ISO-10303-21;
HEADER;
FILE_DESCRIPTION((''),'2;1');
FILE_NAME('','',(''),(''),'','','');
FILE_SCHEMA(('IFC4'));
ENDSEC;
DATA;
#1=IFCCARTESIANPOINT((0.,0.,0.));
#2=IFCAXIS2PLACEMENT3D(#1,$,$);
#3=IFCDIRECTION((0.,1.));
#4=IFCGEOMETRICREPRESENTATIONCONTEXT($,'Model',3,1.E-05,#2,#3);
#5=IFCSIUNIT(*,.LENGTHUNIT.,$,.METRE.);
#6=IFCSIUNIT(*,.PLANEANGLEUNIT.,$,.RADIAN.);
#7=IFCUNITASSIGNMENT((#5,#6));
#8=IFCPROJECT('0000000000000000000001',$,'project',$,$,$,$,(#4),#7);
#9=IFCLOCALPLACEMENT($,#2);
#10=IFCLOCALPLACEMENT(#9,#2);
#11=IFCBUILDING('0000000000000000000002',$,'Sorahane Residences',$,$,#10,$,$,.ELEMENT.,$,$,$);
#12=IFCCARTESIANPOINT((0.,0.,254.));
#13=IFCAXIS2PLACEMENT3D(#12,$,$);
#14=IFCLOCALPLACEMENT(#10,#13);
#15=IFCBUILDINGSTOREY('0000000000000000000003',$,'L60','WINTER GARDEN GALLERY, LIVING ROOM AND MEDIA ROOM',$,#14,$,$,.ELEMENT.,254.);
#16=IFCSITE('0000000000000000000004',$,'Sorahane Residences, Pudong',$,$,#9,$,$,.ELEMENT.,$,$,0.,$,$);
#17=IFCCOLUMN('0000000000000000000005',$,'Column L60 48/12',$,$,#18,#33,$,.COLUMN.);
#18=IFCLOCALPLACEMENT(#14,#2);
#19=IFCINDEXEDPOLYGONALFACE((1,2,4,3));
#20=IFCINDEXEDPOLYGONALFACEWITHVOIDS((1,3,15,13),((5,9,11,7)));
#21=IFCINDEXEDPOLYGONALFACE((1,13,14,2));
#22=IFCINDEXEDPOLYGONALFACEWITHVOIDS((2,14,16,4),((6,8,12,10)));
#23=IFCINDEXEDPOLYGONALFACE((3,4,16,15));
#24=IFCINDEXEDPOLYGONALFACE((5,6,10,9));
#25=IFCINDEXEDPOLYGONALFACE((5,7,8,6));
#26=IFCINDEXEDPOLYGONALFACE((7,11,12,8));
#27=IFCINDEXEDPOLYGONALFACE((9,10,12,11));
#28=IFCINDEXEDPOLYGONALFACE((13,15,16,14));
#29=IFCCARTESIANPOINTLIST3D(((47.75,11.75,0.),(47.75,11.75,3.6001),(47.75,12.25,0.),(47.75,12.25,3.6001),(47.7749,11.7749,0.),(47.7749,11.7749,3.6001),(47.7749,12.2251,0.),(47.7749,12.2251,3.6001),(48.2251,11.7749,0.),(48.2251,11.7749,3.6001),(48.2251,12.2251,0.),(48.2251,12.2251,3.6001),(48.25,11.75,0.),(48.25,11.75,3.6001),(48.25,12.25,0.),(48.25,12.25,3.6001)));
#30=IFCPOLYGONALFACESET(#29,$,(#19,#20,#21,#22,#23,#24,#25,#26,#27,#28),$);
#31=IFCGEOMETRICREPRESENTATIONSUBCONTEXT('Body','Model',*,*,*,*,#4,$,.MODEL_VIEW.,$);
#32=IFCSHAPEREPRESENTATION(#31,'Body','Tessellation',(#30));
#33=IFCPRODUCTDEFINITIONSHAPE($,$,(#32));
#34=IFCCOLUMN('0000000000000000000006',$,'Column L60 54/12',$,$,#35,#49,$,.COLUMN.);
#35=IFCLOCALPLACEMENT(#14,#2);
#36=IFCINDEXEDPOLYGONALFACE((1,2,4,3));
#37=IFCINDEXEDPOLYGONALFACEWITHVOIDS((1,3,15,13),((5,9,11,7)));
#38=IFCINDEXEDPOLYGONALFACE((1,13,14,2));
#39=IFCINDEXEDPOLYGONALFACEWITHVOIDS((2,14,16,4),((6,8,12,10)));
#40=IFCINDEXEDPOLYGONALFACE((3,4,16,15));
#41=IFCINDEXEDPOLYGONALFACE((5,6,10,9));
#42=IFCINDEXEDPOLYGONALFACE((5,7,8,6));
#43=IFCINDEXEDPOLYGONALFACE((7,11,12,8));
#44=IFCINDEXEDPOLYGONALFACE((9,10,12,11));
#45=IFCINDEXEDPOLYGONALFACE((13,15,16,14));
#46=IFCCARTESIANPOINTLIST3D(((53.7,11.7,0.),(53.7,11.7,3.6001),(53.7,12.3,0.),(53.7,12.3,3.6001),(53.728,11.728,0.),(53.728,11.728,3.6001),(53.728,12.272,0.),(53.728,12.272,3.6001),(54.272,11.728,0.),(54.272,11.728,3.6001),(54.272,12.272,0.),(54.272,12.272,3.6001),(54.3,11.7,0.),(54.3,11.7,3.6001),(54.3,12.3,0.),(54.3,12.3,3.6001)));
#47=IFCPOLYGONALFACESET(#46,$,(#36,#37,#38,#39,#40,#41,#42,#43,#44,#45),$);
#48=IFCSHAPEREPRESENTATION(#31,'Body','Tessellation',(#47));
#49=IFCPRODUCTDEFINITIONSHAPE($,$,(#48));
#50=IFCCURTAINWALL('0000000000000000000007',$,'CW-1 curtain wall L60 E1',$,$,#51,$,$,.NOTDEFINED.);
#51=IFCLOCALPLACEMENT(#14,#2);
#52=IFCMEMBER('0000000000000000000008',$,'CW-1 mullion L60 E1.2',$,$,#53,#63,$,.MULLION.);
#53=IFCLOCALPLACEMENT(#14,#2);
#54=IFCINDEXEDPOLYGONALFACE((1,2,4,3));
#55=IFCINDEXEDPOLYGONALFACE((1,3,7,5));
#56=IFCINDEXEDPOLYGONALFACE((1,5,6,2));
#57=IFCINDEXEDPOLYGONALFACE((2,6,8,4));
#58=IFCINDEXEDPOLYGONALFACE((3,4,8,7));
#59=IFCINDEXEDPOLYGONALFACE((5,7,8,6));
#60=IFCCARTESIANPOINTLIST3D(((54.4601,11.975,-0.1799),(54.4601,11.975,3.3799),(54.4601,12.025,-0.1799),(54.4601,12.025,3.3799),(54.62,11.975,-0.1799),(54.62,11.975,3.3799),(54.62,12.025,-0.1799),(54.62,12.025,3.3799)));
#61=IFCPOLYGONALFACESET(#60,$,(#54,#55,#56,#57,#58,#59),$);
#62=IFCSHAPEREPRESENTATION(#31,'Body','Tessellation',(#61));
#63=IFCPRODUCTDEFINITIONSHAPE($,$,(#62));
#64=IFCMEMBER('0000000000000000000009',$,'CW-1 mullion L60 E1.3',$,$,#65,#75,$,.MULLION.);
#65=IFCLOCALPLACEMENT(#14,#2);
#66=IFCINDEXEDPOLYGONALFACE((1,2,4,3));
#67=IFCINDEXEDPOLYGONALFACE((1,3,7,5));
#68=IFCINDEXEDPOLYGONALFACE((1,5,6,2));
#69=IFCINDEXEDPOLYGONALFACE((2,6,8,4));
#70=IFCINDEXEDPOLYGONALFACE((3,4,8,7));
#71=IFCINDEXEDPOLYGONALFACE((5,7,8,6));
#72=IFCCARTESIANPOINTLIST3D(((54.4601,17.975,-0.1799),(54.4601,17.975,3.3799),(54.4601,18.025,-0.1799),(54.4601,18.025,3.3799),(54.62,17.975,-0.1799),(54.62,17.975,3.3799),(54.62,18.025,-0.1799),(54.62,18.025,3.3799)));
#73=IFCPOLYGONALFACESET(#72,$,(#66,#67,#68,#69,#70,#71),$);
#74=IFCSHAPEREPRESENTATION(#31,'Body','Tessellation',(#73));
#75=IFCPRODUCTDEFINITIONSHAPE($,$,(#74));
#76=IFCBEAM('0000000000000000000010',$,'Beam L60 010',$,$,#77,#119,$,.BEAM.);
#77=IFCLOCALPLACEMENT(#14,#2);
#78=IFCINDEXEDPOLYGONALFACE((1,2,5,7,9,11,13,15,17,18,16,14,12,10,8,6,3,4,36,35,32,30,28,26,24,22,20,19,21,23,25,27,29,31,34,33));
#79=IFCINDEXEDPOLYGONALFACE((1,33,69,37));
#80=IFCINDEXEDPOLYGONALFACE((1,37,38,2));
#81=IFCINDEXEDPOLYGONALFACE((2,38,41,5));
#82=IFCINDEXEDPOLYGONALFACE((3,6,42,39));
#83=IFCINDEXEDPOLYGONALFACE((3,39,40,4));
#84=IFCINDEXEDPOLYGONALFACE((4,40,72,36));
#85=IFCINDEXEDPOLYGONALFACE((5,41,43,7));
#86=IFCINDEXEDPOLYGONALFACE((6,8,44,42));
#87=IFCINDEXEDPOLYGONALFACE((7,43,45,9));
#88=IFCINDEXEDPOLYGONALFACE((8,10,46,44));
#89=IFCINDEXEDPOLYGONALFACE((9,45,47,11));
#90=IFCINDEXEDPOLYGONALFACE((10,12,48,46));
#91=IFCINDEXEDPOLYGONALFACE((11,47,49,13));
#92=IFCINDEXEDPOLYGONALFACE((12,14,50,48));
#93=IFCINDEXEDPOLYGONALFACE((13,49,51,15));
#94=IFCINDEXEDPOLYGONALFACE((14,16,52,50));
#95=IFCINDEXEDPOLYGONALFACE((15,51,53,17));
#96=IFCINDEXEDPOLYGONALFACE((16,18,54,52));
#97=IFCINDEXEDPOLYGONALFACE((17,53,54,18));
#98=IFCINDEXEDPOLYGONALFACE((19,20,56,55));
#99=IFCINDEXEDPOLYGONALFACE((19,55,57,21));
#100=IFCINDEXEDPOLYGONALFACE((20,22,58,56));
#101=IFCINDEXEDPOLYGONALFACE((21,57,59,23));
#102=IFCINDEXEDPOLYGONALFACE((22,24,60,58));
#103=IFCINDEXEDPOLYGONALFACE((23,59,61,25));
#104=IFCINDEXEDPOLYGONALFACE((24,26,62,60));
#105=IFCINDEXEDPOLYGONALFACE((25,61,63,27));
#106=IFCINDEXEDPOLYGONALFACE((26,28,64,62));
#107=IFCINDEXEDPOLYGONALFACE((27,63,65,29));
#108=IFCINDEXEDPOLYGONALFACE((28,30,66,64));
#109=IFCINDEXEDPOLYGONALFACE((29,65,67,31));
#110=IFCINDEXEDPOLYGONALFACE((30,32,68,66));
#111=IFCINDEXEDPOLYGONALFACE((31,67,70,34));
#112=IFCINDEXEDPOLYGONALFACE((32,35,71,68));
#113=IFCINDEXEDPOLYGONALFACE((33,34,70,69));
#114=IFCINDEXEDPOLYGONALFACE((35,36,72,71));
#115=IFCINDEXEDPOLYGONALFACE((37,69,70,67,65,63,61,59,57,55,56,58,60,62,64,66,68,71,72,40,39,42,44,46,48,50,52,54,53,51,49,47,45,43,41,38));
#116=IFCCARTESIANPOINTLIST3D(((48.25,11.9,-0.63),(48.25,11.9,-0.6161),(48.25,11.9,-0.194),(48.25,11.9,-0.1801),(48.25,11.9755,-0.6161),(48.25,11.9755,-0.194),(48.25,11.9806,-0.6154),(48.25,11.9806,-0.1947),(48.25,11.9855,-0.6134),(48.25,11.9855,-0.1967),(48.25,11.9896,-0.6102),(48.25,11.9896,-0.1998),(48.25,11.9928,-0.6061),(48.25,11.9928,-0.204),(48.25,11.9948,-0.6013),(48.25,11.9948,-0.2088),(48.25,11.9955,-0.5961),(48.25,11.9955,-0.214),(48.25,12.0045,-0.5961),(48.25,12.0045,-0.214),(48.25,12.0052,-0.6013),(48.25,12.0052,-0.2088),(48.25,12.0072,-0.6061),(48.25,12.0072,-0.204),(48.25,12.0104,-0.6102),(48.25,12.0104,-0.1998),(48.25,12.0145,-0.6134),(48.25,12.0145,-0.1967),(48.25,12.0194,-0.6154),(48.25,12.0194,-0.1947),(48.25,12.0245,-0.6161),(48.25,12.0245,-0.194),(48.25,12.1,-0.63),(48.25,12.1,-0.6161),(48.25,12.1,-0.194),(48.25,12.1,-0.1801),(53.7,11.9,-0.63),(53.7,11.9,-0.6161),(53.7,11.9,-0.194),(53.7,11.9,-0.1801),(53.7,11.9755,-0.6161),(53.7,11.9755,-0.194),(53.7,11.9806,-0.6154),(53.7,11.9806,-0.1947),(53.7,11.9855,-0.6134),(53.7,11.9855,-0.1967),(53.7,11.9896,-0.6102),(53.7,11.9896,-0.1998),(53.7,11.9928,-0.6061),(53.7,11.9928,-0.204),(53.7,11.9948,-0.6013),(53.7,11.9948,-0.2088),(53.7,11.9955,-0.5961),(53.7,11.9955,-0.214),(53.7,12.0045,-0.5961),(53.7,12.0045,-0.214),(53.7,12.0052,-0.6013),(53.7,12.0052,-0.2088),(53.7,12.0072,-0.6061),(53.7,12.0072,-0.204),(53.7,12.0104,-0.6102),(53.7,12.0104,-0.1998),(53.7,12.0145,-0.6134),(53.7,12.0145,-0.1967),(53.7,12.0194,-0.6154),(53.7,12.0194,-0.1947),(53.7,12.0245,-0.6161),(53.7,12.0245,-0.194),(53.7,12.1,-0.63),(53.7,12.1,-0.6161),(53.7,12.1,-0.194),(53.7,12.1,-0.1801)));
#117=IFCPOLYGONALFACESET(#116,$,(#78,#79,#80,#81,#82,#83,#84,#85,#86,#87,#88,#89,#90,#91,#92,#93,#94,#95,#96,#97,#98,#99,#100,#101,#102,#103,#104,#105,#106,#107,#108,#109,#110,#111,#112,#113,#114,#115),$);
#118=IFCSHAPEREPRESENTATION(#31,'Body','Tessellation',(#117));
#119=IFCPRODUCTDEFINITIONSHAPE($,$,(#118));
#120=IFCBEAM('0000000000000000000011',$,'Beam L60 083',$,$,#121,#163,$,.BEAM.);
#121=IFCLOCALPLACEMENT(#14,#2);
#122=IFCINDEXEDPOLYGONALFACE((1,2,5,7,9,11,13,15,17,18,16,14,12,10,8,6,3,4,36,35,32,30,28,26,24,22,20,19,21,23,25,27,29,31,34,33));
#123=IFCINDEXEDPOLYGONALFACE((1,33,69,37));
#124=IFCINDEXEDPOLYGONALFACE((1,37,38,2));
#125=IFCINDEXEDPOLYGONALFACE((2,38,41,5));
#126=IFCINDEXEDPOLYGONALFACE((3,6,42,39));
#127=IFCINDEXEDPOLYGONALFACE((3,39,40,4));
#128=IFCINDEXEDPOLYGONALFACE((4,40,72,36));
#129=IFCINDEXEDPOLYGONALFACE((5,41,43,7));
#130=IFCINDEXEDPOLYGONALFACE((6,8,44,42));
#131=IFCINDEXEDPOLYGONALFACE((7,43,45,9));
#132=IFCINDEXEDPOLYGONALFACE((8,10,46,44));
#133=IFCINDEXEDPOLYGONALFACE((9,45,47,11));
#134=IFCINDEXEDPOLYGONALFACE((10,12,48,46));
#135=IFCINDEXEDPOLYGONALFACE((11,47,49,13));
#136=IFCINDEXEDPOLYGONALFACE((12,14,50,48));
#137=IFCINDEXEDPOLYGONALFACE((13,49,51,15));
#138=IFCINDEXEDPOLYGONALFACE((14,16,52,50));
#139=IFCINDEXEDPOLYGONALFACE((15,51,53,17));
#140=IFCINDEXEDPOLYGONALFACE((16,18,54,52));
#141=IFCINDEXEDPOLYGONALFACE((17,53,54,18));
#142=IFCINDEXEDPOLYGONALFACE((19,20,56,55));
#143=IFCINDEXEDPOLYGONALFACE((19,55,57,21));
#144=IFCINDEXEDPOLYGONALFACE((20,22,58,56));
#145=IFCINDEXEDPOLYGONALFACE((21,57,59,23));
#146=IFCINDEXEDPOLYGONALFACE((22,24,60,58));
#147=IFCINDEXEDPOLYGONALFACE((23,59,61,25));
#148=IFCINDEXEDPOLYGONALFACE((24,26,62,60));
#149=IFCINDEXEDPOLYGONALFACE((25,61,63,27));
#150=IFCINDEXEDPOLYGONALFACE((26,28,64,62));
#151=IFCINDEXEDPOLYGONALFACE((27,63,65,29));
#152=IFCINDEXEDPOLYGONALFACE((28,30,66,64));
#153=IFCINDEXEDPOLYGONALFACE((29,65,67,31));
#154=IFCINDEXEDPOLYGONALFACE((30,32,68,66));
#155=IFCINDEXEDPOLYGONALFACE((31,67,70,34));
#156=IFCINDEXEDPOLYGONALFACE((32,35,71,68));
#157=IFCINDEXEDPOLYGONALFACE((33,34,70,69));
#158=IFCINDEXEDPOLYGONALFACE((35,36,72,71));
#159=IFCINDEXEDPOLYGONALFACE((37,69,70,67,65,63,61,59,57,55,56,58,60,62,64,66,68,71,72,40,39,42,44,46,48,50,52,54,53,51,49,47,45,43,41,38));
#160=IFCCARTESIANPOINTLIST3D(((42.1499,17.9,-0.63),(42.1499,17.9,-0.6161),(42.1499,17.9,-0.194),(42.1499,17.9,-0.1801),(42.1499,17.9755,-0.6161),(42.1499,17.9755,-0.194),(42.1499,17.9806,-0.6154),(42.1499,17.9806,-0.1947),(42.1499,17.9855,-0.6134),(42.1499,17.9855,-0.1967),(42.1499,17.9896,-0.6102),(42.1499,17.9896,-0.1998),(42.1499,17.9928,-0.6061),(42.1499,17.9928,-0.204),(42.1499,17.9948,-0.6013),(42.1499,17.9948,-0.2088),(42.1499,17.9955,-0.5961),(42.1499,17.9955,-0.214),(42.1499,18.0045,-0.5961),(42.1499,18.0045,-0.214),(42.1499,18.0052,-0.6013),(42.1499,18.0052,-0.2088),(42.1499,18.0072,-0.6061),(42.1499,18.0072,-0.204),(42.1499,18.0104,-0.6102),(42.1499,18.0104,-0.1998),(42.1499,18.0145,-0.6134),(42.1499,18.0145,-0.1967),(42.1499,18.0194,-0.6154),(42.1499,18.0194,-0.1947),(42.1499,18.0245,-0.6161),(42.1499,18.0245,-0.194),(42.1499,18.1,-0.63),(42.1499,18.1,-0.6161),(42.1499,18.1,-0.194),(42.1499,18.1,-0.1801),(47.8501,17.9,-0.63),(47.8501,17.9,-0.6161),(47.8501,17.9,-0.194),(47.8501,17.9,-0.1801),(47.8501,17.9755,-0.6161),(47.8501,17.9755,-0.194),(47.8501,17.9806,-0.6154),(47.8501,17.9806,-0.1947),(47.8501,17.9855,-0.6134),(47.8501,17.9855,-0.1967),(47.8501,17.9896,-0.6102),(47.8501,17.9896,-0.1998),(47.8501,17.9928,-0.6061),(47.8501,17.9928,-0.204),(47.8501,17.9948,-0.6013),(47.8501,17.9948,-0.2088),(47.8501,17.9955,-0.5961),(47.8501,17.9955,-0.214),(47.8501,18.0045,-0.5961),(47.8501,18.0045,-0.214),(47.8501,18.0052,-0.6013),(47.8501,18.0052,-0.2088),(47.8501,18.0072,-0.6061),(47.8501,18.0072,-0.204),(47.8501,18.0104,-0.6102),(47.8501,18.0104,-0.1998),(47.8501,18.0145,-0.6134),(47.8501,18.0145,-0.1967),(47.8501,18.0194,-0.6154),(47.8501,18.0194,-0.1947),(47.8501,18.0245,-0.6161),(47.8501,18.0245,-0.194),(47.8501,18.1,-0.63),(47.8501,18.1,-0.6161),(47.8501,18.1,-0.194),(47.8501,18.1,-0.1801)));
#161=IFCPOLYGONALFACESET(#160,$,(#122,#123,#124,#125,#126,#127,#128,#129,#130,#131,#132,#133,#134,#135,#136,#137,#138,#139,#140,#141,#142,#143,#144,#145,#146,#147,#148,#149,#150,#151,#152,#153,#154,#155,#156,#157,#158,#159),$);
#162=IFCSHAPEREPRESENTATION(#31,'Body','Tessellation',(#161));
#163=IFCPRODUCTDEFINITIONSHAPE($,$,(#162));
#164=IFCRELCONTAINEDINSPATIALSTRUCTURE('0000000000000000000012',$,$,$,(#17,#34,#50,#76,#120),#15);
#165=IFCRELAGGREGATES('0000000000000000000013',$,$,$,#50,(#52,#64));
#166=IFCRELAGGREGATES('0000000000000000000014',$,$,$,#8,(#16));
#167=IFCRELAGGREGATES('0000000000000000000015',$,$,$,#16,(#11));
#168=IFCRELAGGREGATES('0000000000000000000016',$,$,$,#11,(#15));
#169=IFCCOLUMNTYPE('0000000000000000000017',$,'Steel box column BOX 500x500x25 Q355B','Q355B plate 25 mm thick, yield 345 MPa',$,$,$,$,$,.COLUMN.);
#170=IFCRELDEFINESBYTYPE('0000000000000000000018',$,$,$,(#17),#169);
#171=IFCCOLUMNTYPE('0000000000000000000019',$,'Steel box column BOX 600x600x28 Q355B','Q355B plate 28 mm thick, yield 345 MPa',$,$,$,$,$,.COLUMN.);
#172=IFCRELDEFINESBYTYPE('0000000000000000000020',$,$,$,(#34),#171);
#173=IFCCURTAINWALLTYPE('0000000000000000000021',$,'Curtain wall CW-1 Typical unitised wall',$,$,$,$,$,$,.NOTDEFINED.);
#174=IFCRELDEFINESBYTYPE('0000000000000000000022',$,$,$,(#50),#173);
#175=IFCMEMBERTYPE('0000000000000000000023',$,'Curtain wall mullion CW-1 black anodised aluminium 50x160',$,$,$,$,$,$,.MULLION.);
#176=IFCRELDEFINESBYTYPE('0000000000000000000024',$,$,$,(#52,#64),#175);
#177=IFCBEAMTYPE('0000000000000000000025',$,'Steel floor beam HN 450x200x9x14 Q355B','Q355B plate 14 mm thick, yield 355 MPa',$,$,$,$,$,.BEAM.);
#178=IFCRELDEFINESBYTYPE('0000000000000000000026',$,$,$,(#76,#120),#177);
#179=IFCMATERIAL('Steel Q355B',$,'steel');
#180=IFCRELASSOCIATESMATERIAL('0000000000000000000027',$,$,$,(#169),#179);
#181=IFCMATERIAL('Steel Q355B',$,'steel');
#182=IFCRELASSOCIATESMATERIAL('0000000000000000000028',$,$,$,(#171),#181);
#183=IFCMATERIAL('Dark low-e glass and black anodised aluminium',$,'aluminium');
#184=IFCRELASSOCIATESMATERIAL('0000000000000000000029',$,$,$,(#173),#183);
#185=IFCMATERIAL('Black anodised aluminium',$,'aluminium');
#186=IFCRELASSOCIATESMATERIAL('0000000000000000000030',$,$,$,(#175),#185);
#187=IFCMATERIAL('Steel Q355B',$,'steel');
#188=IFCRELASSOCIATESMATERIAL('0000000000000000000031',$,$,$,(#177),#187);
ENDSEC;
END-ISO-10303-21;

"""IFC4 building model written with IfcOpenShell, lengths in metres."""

from ifc_helpers import new_model, si_unit, direction, frame, origin, origin_2d, place, context, subcontext, project, spatial, rectangle, hollow_rectangle, i_section, extrude, material, material_profile, profile_set, type_object, element, aggregate, save


model = new_model("IFC4")

# Units and contexts
model_context = context("Model", 3, precision=1e-05, world=origin(), true_north=direction((0.0, 1.0)))
body_context = subcontext(model_context, "Body", "Model", "MODEL_VIEW")
ifc_project = project(units=[si_unit("LENGTHUNIT", "METRE"), si_unit("PLANEANGLEUNIT", "RADIAN")], contexts=[model_context])

# Site, building, storey
site_placement = place(None, origin())
site = spatial("IfcSite", under=ifc_project, at=site_placement, Name="Sorahane Residences, Pudong", CompositionType="ELEMENT", RefElevation=0.0)
building_placement = place(site_placement, origin())
building = spatial("IfcBuilding", under=site, at=building_placement, Name="Sorahane Residences", CompositionType="ELEMENT")
storey_placement = place(building_placement, frame((0.0, 0.0, 254.0)))
storey = spatial("IfcBuildingStorey", under=building, at=storey_placement, Name="L60", Description="WINTER GARDEN GALLERY, LIVING ROOM AND MEDIA ROOM", CompositionType="ELEMENT", Elevation=254.0)

# Columns
ifc_material_1 = material(Name="Steel Q355B", Category="steel")
ifc_material_profile_1 = material_profile(ifc_material_1, hollow_rectangle(XDim=0.5, YDim=0.5, WallThickness=0.0249, at=origin_2d()), Name="BOX 500x500x25")
ifc_profile_set_1 = profile_set([ifc_material_profile_1], Name="Steel Q355B")
column_type_1 = type_object("IfcColumnType", Name="Steel box column BOX 500x500x25 Q355B", Description="Q355B plate 25 mm thick, yield 345 MPa", PredefinedType="COLUMN", material=ifc_profile_set_1)
column_1_placement = place(storey_placement, frame((48.0, 12.0, 0.0), z_axis=(0.0, 0.0, 1.0), x_axis=(1.0, 0.0, 0.0)))
element("IfcColumn", 1, at=column_1_placement, inside=storey, type_object=column_type_1, Name="Column L60 48/12", PredefinedType="COLUMN", context=body_context, shape_type="SweptSolid", body=[
    extrude(hollow_rectangle(XDim=0.5, YDim=0.5, WallThickness=0.0249, at=origin_2d()), origin(), (0.0, 0.0, 1.0), 3.6001),
])
ifc_material_2 = material(Name="Steel Q355B", Category="steel")
ifc_material_profile_2 = material_profile(ifc_material_2, hollow_rectangle(XDim=0.6001, YDim=0.6001, WallThickness=0.0281, at=origin_2d()), Name="BOX 600x600x28")
ifc_profile_set_2 = profile_set([ifc_material_profile_2], Name="Steel Q355B")
column_type_2 = type_object("IfcColumnType", Name="Steel box column BOX 600x600x28 Q355B", Description="Q355B plate 28 mm thick, yield 345 MPa", PredefinedType="COLUMN", material=ifc_profile_set_2)
column_2_placement = place(storey_placement, frame((54.0, 12.0, 0.0), z_axis=(0.0, 0.0, 1.0), x_axis=(1.0, 0.0, 0.0)))
element("IfcColumn", 2, at=column_2_placement, inside=storey, type_object=column_type_2, Name="Column L60 54/12", PredefinedType="COLUMN", context=body_context, shape_type="SweptSolid", body=[
    extrude(hollow_rectangle(XDim=0.6001, YDim=0.6001, WallThickness=0.0281, at=origin_2d()), origin(), (0.0, 0.0, 1.0), 3.6001),
])

# Curtain wall, members
ifc_material_3 = material(Name="Dark low-e glass and black anodised aluminium", Category="aluminium")
curtain_wall_type = type_object("IfcCurtainWallType", Name="Curtain wall CW-1 Typical unitised wall", PredefinedType="NOTDEFINED", material=ifc_material_3)
curtain_wall_placement = place(storey_placement, origin())
curtain_wall = element("IfcCurtainWall", 3, at=curtain_wall_placement, inside=storey, type_object=curtain_wall_type, Name="CW-1 curtain wall L60 E1", PredefinedType="NOTDEFINED")
ifc_material_4 = material(Name="Black anodised aluminium", Category="aluminium")
ifc_material_profile_3 = material_profile(ifc_material_4, rectangle(XDim=0.1599, YDim=0.05, at=origin_2d()), Name="Curtain wall mullion CW-1 black anodised aluminium 50x160")
ifc_profile_set_3 = profile_set([ifc_material_profile_3], Name="Black anodised aluminium")
member_type = type_object("IfcMemberType", Name="Curtain wall mullion CW-1 black anodised aluminium 50x160", PredefinedType="MULLION", material=ifc_profile_set_3)
member_1_placement = place(storey_placement, frame((54.54, 12.0, -0.1799), z_axis=(0.0, 0.0, 1.0), x_axis=(1.0, 0.0, 0.0)))
member_1 = element("IfcMember", 4, at=member_1_placement, type_object=member_type, Name="CW-1 mullion L60 E1.2", PredefinedType="MULLION", context=body_context, shape_type="SweptSolid", body=[
    extrude(rectangle(XDim=0.1599, YDim=0.05, at=origin_2d()), origin(), (0.0, 0.0, 1.0), 3.5598),
])
member_2_placement = place(storey_placement, frame((54.54, 18.0, -0.1799), z_axis=(0.0, 0.0, 1.0), x_axis=(1.0, 0.0, 0.0)))
member_2 = element("IfcMember", 5, at=member_2_placement, type_object=member_type, Name="CW-1 mullion L60 E1.3", PredefinedType="MULLION", context=body_context, shape_type="SweptSolid", body=[
    extrude(rectangle(XDim=0.1599, YDim=0.05, at=origin_2d()), origin(), (0.0, 0.0, 1.0), 3.5598),
])

# Beams
ifc_material_5 = material(Name="Steel Q355B", Category="steel")
ifc_material_profile_4 = material_profile(ifc_material_5, i_section(OverallWidth=0.2, OverallDepth=0.45, WebThickness=0.009, FlangeThickness=0.0139, FilletRadius=0.02, at=origin_2d()), Name="HN 450x200x9x14")
ifc_profile_set_4 = profile_set([ifc_material_profile_4], Name="Steel Q355B")
beam_type_1 = type_object("IfcBeamType", Name="Steel floor beam HN 450x200x9x14 Q355B", Description="Q355B plate 14 mm thick, yield 355 MPa", PredefinedType="BEAM", material=ifc_profile_set_4)
beam_1_placement = place(storey_placement, frame((48.25, 12.0, -0.405), z_axis=(1.0, 0.0, 0.0), x_axis=(0.0, 1.0, 0.0)))
element("IfcBeam", 6, at=beam_1_placement, inside=storey, type_object=beam_type_1, Name="Beam L60 010", PredefinedType="BEAM", context=body_context, shape_type="SweptSolid", body=[
    extrude(i_section(OverallWidth=0.2, OverallDepth=0.45, WebThickness=0.009, FlangeThickness=0.0139, FilletRadius=0.02, at=origin_2d()), origin(), (0.0, 0.0, 1.0), 5.45),
])
for number, where, z_axis, x_axis, name in (
    (7, (42.1499, 18.0, -0.405), (1.0, 0.0, 0.0), (0.0, 1.0, 0.0), "Beam L60 083"),
):
    element("IfcBeam", number, at=place(storey_placement, frame(where, z_axis=z_axis, x_axis=x_axis)), inside=storey, type_object=beam_type_1, Name=name, PredefinedType="BEAM", context=body_context, shape_type="SweptSolid", body=[
        extrude(i_section(OverallWidth=0.2, OverallDepth=0.45, WebThickness=0.009, FlangeThickness=0.0139, FilletRadius=0.02, at=origin_2d()), origin(), (0.0, 0.0, 1.0), 5.7002),
    ])

aggregate(curtain_wall, [member_1, member_2])

save(model, "model.ifc")
